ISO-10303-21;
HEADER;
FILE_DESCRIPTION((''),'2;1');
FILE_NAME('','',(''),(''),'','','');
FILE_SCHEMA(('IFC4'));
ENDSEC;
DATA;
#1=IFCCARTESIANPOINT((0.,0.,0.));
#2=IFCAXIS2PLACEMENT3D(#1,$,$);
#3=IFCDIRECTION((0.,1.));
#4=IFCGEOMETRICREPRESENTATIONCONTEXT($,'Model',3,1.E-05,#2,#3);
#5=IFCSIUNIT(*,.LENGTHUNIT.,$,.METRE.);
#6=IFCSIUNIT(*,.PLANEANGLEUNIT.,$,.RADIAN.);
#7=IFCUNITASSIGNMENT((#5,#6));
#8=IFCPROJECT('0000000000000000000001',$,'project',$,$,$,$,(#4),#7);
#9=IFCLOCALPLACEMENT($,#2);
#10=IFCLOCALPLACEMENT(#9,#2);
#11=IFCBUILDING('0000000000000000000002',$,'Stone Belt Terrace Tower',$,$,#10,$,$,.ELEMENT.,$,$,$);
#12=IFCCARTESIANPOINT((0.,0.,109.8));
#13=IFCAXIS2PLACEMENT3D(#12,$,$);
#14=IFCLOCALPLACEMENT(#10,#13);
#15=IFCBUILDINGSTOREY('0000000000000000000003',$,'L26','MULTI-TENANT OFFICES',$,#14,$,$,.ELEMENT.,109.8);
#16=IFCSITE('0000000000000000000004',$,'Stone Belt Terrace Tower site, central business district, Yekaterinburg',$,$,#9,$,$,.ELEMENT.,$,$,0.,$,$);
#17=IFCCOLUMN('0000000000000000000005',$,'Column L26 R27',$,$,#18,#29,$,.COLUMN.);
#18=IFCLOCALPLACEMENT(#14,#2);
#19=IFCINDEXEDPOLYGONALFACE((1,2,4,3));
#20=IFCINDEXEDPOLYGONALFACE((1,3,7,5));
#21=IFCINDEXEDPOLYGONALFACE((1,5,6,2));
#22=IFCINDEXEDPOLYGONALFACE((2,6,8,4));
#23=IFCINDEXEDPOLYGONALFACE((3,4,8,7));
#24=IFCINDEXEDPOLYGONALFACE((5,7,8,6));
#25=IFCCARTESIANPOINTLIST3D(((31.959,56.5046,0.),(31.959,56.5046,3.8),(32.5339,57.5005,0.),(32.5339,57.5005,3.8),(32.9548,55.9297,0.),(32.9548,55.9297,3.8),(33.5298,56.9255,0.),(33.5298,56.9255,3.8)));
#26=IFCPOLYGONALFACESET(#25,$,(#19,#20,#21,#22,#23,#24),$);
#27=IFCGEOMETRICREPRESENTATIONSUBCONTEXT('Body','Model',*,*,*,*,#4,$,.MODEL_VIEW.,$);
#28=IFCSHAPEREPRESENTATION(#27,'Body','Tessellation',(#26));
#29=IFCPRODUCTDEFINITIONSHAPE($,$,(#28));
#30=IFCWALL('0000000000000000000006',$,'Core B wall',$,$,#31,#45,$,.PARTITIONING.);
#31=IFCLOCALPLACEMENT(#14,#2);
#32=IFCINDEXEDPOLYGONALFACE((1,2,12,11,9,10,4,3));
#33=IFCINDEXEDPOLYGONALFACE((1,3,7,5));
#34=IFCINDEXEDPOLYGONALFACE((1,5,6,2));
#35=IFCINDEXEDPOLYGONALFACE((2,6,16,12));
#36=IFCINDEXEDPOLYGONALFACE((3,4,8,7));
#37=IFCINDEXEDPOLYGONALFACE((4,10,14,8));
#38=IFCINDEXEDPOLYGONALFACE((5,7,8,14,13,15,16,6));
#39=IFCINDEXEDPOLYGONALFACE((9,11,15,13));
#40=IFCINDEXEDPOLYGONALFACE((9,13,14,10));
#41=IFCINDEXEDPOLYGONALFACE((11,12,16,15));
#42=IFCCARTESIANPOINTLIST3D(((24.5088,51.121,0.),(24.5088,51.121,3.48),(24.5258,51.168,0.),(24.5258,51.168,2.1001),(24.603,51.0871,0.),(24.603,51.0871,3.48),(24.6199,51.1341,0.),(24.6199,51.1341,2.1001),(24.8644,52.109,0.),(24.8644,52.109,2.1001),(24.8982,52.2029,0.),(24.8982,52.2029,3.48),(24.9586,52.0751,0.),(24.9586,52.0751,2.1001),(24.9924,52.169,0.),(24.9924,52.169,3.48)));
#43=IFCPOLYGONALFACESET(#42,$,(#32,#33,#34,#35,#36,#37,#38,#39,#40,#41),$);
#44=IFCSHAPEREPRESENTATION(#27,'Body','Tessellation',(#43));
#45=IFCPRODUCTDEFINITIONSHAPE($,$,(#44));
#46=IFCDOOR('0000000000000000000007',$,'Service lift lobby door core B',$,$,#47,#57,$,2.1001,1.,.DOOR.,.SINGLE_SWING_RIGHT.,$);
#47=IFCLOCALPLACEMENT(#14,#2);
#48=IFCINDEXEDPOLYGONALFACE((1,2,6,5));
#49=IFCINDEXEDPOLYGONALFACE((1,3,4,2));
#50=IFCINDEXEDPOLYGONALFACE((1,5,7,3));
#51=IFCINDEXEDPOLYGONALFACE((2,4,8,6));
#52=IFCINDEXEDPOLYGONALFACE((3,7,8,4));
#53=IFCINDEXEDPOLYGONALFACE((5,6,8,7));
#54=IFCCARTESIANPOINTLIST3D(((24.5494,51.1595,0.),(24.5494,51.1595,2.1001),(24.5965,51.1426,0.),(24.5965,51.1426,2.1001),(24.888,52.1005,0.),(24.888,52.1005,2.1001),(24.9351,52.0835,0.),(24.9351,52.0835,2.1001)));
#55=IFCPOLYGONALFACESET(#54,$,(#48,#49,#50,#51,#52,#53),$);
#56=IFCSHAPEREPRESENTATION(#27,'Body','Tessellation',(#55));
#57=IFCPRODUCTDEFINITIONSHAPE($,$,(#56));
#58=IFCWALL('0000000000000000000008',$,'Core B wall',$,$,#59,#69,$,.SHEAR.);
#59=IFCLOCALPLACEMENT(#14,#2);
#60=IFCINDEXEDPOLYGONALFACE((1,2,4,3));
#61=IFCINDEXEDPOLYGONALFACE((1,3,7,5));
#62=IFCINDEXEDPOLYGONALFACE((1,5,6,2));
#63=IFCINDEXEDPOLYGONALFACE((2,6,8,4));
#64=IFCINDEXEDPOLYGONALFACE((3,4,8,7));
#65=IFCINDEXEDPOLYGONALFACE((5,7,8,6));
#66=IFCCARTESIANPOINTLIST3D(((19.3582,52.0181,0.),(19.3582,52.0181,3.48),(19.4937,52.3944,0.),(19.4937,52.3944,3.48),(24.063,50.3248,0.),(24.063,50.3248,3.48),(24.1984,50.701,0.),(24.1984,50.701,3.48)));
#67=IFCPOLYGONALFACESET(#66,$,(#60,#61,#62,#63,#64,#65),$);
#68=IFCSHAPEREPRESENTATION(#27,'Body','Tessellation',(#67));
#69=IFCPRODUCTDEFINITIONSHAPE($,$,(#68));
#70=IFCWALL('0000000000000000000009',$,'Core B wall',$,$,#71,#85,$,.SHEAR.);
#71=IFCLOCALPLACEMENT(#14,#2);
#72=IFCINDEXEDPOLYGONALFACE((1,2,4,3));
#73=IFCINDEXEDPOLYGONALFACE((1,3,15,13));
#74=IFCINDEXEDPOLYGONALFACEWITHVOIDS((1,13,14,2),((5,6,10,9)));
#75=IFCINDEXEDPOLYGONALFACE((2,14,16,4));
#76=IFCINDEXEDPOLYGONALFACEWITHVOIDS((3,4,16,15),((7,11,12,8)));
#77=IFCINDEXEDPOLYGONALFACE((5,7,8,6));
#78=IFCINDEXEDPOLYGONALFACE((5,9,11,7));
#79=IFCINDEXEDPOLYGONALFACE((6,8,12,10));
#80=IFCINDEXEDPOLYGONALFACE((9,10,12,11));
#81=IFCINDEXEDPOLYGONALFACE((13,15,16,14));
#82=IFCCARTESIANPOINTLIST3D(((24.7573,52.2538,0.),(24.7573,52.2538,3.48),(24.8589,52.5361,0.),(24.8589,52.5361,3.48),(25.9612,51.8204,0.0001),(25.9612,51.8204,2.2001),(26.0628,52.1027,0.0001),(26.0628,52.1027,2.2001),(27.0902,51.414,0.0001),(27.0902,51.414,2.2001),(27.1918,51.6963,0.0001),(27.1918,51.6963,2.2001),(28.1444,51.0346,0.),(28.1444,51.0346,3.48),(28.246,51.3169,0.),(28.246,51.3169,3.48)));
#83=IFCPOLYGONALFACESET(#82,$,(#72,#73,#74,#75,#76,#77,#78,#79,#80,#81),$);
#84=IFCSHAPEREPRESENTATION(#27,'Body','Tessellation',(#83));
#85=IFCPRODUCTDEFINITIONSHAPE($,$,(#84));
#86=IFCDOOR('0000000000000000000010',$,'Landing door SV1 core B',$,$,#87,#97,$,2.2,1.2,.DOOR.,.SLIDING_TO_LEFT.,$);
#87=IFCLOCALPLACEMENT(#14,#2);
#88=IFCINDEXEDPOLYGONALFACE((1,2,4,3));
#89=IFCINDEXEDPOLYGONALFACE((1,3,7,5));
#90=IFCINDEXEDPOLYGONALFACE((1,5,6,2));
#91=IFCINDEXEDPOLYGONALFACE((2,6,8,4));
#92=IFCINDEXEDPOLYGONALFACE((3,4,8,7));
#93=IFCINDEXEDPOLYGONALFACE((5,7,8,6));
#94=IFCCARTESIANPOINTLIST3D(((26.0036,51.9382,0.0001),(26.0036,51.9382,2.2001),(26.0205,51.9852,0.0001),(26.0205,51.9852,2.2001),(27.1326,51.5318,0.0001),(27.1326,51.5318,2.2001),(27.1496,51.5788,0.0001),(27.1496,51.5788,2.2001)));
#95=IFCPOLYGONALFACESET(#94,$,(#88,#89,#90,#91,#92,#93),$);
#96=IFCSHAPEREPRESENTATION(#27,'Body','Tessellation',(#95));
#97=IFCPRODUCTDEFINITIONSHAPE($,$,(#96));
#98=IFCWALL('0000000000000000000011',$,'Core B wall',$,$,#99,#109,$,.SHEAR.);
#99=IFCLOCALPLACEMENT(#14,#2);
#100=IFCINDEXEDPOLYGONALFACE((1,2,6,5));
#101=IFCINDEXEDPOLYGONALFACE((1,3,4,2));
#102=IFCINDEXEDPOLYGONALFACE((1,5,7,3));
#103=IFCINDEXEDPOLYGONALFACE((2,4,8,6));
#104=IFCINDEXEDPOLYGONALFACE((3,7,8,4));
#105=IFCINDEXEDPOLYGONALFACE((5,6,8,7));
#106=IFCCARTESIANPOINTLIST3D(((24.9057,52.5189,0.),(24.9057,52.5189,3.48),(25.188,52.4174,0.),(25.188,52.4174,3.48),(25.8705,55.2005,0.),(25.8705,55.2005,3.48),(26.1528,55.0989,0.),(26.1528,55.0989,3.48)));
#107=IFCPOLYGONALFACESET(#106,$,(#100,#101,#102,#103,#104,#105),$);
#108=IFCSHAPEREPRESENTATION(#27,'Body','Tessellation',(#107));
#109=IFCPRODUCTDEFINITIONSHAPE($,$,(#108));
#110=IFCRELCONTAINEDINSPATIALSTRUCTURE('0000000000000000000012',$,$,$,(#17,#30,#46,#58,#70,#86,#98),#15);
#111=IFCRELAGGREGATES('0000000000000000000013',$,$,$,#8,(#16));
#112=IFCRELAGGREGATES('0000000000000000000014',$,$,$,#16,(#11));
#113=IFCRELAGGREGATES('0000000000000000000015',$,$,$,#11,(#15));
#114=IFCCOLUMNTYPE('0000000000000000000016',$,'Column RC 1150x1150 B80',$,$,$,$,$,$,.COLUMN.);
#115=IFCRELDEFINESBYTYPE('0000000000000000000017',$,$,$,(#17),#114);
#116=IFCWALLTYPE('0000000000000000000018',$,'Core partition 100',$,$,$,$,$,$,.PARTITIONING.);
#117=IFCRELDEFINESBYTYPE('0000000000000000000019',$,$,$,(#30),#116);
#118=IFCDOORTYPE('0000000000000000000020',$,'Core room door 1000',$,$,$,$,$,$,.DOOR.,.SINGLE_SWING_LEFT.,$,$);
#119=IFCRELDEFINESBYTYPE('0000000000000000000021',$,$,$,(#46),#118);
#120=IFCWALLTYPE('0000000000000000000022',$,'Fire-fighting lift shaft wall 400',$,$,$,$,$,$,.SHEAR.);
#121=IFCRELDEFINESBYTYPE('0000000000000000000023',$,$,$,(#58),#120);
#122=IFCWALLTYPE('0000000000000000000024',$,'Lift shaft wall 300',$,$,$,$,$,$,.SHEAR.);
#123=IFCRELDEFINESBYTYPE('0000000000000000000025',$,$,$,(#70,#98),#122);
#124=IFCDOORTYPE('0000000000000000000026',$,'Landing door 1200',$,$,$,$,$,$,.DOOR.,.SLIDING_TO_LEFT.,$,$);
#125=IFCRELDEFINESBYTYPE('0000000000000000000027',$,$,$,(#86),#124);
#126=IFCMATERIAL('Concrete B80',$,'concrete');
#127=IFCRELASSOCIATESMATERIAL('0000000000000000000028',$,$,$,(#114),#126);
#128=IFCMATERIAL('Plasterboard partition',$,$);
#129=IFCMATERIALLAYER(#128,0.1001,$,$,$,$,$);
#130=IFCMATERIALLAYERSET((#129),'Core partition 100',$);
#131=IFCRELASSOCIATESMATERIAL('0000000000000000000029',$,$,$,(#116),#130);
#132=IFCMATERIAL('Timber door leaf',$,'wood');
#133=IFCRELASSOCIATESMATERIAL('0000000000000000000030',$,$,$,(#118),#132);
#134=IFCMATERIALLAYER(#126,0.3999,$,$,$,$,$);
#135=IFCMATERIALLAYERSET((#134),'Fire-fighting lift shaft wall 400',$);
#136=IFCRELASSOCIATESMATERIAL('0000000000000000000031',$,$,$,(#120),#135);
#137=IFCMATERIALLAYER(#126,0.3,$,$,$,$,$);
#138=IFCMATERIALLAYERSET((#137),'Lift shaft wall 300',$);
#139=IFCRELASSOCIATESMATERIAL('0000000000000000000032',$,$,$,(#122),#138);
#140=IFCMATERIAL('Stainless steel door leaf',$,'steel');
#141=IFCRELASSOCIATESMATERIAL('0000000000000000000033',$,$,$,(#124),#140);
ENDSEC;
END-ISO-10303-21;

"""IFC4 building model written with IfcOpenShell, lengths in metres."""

from ifc_helpers import new_model, si_unit, direction, frame, frame_2d, origin, origin_2d, place, context, subcontext, project, spatial, rectangle, extrude, material, layer, layer_set, material_profile, profile_set, type_object, element, fill, save


model = new_model("IFC4")

# Units and contexts
model_context = context("Model", 3, precision=1e-05, world=origin(), true_north=direction((0.0, 1.0)))
body_context = subcontext(model_context, "Body", "Model", "MODEL_VIEW")
ifc_project = project(units=[si_unit("LENGTHUNIT", "METRE"), si_unit("PLANEANGLEUNIT", "RADIAN")], contexts=[model_context])

# Site, building, storey
site_placement = place(None, origin())
site = spatial("IfcSite", under=ifc_project, at=site_placement, Name="Stone Belt Terrace Tower site, central business district, Yekaterinburg", CompositionType="ELEMENT", RefElevation=0.0)
building_placement = place(site_placement, origin())
building = spatial("IfcBuilding", under=site, at=building_placement, Name="Stone Belt Terrace Tower", CompositionType="ELEMENT")
storey_placement = place(building_placement, frame((0.0, 0.0, 109.8)))
storey = spatial("IfcBuildingStorey", under=building, at=storey_placement, Name="L26", Description="MULTI-TENANT OFFICES", CompositionType="ELEMENT", Elevation=109.8)

# Column
ifc_material_1 = material(Name="Concrete B80", Category="concrete")
ifc_material_profile = material_profile(ifc_material_1, rectangle(XDim=1.1499, YDim=1.1499, at=origin_2d()), Name="RC 1150x1150")
ifc_profile_set = profile_set([ifc_material_profile], Name="Concrete B80")
column_type = type_object("IfcColumnType", Name="Column RC 1150x1150 B80", PredefinedType="COLUMN", material=ifc_profile_set)
column_placement = place(storey_placement, frame((32.7444, 56.7151, 0.0), z_axis=(0.0, 0.0, 1.0), x_axis=(0.866025, -0.5, 0.0)))
element("IfcColumn", 1, at=column_placement, inside=storey, type_object=column_type, Name="Column L26 R27", PredefinedType="COLUMN", context=body_context, shape_type="SweptSolid", body=[
    extrude(rectangle(XDim=1.1499, YDim=1.1499, at=origin_2d()), origin(), (0.0, 0.0, 1.0), 3.8),
])

# Wall, opening, door
ifc_material_2 = material(Name="Plasterboard partition")
ifc_layer_1 = layer(ifc_material_2, 0.1001)
ifc_layer_set_1 = layer_set([ifc_layer_1], Name="Core partition 100")
wall_type_1 = type_object("IfcWallType", Name="Core partition 100", PredefinedType="PARTITIONING", material=ifc_layer_set_1)
wall_1_placement = place(storey_placement, frame((24.5559, 51.104, 0.0), z_axis=(0.0, 0.0, 1.0), x_axis=(0.338622, 0.940923, 0.0)))
wall_1 = element("IfcWall", 2, at=wall_1_placement, inside=storey, type_object=wall_type_1, Name="Core B wall", PredefinedType="PARTITIONING", context=body_context, shape_type="SweptSolid", body=[
    extrude(rectangle(XDim=1.1499, YDim=0.1001, at=frame_2d((0.575, 0.0))), origin(), (0.0, 0.0, 1.0), 3.48),
])
opening_1_placement = place(wall_1_placement, frame((0.05, 0.0, 0.0)))
opening_1 = element("IfcOpeningElement", 3, at=opening_1_placement, cuts=wall_1, PredefinedType="OPENING", context=body_context, shape_type="SweptSolid", body=[
    extrude(rectangle(XDim=1.0, YDim=2.1001, at=frame_2d((0.5, 1.05))), frame((0.0, 0.0601, 0.0), z_axis=(0.0, -1.0, 0.0), x_axis=(1.0, 0.0, 0.0)), (0.0, 0.0, 1.0), 0.1201),
])
ifc_material_3 = material(Name="Timber door leaf", Category="wood")
door_type_1 = type_object("IfcDoorType", Name="Core room door 1000", OperationType="SINGLE_SWING_LEFT", PredefinedType="DOOR", material=ifc_material_3)
door_1_placement = place(opening_1_placement, origin())
door_1 = element("IfcDoor", 4, at=door_1_placement, inside=storey, type_object=door_type_1, Name="Service lift lobby door core B", OperationType="SINGLE_SWING_RIGHT", OverallHeight=2.1001, OverallWidth=1.0, PredefinedType="DOOR", context=body_context, shape_type="SweptSolid", body=[
    extrude(rectangle(XDim=1.0, YDim=2.1001, at=frame_2d((0.5, 1.05))), frame((0.0, 0.0249, 0.0), z_axis=(0.0, -1.0, 0.0), x_axis=(1.0, 0.0, 0.0)), (0.0, 0.0, 1.0), 0.05),
])
fill(opening_1, door_1)

# Wall
ifc_layer_2 = layer(ifc_material_1, 0.3999)
ifc_layer_set_2 = layer_set([ifc_layer_2], Name="Fire-fighting lift shaft wall 400")
wall_type_2 = type_object("IfcWallType", Name="Fire-fighting lift shaft wall 400", PredefinedType="SHEAR", material=ifc_layer_set_2)
wall_2_placement = place(storey_placement, frame((24.1306, 50.5129, 0.0), z_axis=(0.0, 0.0, 1.0), x_axis=(-0.940912, 0.338652, 0.0)))
element("IfcWall", 5, at=wall_2_placement, inside=storey, type_object=wall_type_2, Name="Core B wall", PredefinedType="SHEAR", context=body_context, shape_type="SweptSolid", body=[
    extrude(rectangle(XDim=5.0002, YDim=0.3999, at=frame_2d((2.5, 0.0))), origin(), (0.0, 0.0, 1.0), 3.48),
])

# Wall, opening, door
ifc_layer_3 = layer(ifc_material_1, 0.3)
ifc_layer_set_3 = layer_set([ifc_layer_3], Name="Lift shaft wall 300")
wall_type_3 = type_object("IfcWallType", Name="Lift shaft wall 300", PredefinedType="SHEAR", material=ifc_layer_set_3)
wall_3_placement = place(storey_placement, frame((28.1951, 51.1758, 0.0), z_axis=(0.0, 0.0, 1.0), x_axis=(-0.940901, 0.338681, 0.0)))
wall_3 = element("IfcWall", 6, at=wall_3_placement, inside=storey, type_object=wall_type_3, Name="Core B wall", PredefinedType="SHEAR", context=body_context, shape_type="SweptSolid", body=[
    extrude(rectangle(XDim=3.5999, YDim=0.3, at=frame_2d((1.7998, 0.0))), origin(), (0.0, 0.0, 1.0), 3.48),
])
opening_2_placement = place(wall_3_placement, frame((1.1201, 0.0, 0.0)))
opening_2 = element("IfcOpeningElement", 7, at=opening_2_placement, cuts=wall_3, PredefinedType="OPENING", context=body_context, shape_type="SweptSolid", body=[
    extrude(rectangle(XDim=1.2, YDim=2.2, at=frame_2d((0.6001, 1.1001))), frame((0.0, 0.1599, 0.0), z_axis=(0.0, -1.0, 0.0), x_axis=(1.0, 0.0, 0.0)), (0.0, 0.0, 1.0), 0.3201),
])
ifc_material_4 = material(Name="Stainless steel door leaf", Category="steel")
door_type_2 = type_object("IfcDoorType", Name="Landing door 1200", OperationType="SLIDING_TO_LEFT", PredefinedType="DOOR", material=ifc_material_4)
door_2_placement = place(opening_2_placement, origin())
door_2 = element("IfcDoor", 8, at=door_2_placement, inside=storey, type_object=door_type_2, Name="Landing door SV1 core B", OperationType="SLIDING_TO_LEFT", OverallHeight=2.2, OverallWidth=1.2, PredefinedType="DOOR", context=body_context, shape_type="SweptSolid", body=[
    extrude(rectangle(XDim=1.2, YDim=2.2, at=frame_2d((0.6001, 1.1001))), frame((0.0, 0.0249, 0.0), z_axis=(0.0, -1.0, 0.0), x_axis=(1.0, 0.0, 0.0)), (0.0, 0.0, 1.0), 0.05),
])
fill(opening_2, door_2)

# Wall
wall_4_placement = place(storey_placement, frame((25.0469, 52.4683, 0.0), z_axis=(0.0, 0.0, 1.0), x_axis=(0.33855, 0.940949, 0.0)))
element("IfcWall", 9, at=wall_4_placement, inside=storey, type_object=wall_type_3, Name="Core B wall", PredefinedType="SHEAR", context=body_context, shape_type="SweptSolid", body=[
    extrude(rectangle(XDim=2.8499, YDim=0.3, at=frame_2d((1.4248, 0.0))), origin(), (0.0, 0.0, 1.0), 3.48),
])

save(model, "model.ifc")
